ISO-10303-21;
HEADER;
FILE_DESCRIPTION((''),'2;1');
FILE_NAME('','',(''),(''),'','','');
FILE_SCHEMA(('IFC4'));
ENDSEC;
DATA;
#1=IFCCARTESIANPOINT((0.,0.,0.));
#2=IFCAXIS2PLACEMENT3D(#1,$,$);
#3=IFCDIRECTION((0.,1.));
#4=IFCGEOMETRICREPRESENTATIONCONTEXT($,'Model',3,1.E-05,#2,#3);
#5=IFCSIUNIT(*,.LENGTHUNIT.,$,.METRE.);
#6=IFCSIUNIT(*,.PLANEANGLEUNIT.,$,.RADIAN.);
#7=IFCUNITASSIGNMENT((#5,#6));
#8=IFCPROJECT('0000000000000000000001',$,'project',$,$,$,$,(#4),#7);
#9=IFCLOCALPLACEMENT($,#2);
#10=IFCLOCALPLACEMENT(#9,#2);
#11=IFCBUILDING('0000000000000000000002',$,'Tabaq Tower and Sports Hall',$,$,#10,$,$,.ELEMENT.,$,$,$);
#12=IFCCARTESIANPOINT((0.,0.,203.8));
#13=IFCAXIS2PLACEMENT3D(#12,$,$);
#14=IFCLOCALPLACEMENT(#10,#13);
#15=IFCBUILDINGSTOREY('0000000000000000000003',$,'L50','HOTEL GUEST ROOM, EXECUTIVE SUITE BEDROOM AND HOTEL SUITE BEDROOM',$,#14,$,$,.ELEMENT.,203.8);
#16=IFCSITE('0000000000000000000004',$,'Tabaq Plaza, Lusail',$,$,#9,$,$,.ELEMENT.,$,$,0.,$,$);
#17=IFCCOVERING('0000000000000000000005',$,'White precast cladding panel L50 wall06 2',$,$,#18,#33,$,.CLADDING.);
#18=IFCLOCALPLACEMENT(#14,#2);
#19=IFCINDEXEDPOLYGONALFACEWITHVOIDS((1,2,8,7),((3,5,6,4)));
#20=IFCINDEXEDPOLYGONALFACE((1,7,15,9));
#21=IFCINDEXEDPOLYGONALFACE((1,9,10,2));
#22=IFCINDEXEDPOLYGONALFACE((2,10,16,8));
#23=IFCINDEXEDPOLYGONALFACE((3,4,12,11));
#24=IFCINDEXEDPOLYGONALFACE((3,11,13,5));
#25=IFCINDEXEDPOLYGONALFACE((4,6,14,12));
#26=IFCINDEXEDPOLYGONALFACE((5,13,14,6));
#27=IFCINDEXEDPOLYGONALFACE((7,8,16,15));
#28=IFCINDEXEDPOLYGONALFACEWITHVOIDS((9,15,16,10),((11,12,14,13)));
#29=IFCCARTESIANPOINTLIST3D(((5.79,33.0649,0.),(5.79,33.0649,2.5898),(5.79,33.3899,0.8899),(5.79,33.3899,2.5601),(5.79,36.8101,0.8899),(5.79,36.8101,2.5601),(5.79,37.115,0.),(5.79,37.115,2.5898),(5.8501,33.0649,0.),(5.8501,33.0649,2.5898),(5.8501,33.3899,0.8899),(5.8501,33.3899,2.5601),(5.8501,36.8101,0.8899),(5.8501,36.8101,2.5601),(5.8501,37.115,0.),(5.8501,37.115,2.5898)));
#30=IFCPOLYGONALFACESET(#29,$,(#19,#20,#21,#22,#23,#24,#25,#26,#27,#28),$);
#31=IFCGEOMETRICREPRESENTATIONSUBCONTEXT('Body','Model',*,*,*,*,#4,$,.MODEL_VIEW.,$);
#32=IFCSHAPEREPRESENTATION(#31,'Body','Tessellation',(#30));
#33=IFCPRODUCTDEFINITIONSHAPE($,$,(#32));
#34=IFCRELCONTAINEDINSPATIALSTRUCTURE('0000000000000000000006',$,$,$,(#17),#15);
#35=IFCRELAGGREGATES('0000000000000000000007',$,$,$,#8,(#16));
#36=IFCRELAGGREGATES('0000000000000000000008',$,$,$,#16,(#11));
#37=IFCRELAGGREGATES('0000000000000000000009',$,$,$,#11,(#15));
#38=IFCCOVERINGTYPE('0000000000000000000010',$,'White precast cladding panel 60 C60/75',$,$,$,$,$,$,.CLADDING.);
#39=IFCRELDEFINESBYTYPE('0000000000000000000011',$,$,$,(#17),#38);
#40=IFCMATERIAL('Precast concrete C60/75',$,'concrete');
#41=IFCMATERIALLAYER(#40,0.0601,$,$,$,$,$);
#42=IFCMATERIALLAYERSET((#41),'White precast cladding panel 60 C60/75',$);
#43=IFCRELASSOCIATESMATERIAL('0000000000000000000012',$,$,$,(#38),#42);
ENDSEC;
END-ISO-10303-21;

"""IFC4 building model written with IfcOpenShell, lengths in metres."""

from ifc_helpers import new_model, si_unit, direction, frame, origin, place, context, subcontext, project, spatial, polyline, outline, extrude, material, layer, layer_set, type_object, element, save


model = new_model("IFC4")

# Units and contexts
model_context = context("Model", 3, precision=1e-05, world=origin(), true_north=direction((0.0, 1.0)))
body_context = subcontext(model_context, "Body", "Model", "MODEL_VIEW")
ifc_project = project(units=[si_unit("LENGTHUNIT", "METRE"), si_unit("PLANEANGLEUNIT", "RADIAN")], contexts=[model_context])

# Site, building, storey
site_placement = place(None, origin())
site = spatial("IfcSite", under=ifc_project, at=site_placement, Name="Tabaq Plaza, Lusail", CompositionType="ELEMENT", RefElevation=0.0)
building_placement = place(site_placement, origin())
building = spatial("IfcBuilding", under=site, at=building_placement, Name="Tabaq Tower and Sports Hall", CompositionType="ELEMENT")
storey_placement = place(building_placement, frame((0.0, 0.0, 203.8)))
storey = spatial("IfcBuildingStorey", under=building, at=storey_placement, Name="L50", Description="HOTEL GUEST ROOM, EXECUTIVE SUITE BEDROOM AND HOTEL SUITE BEDROOM", CompositionType="ELEMENT", Elevation=203.8)

# Covering
ifc_material_1 = material(Name="Precast concrete C60/75", Category="concrete")
ifc_layer_1 = layer(ifc_material_1, 0.0601)
ifc_layer_set_1 = layer_set([ifc_layer_1], Name="White precast cladding panel 60 C60/75")
covering_type = type_object("IfcCoveringType", Name="White precast cladding panel 60 C60/75", PredefinedType="CLADDING", material=ifc_layer_set_1)
covering_placement = place(storey_placement, frame((5.8201, 37.115, 0.0), z_axis=(0.0, 0.0, 1.0), x_axis=(0.0, -1.0, 0.0)))
element("IfcCovering", 1, at=covering_placement, inside=storey, type_object=covering_type, Name="White precast cladding panel L50 wall06 2", PredefinedType="CLADDING", context=body_context, shape_type="SweptSolid", body=[
    extrude(outline(polyline([(0.0, 0.0), (4.05, 0.0), (4.05, 2.5898), (0.0, 2.5898), (0.0, 0.0)]), holes=[polyline([(3.7251, 0.8899), (0.3049, 0.8899), (0.3049, 2.5601), (3.7251, 2.5601), (3.7251, 0.8899)])]), frame((0.0, 0.03, 0.0), z_axis=(0.0, -1.0, 0.0), x_axis=(1.0, 0.0, 0.0)), (0.0, 0.0, 1.0), 0.0601),
])

save(model, "model.ifc")
